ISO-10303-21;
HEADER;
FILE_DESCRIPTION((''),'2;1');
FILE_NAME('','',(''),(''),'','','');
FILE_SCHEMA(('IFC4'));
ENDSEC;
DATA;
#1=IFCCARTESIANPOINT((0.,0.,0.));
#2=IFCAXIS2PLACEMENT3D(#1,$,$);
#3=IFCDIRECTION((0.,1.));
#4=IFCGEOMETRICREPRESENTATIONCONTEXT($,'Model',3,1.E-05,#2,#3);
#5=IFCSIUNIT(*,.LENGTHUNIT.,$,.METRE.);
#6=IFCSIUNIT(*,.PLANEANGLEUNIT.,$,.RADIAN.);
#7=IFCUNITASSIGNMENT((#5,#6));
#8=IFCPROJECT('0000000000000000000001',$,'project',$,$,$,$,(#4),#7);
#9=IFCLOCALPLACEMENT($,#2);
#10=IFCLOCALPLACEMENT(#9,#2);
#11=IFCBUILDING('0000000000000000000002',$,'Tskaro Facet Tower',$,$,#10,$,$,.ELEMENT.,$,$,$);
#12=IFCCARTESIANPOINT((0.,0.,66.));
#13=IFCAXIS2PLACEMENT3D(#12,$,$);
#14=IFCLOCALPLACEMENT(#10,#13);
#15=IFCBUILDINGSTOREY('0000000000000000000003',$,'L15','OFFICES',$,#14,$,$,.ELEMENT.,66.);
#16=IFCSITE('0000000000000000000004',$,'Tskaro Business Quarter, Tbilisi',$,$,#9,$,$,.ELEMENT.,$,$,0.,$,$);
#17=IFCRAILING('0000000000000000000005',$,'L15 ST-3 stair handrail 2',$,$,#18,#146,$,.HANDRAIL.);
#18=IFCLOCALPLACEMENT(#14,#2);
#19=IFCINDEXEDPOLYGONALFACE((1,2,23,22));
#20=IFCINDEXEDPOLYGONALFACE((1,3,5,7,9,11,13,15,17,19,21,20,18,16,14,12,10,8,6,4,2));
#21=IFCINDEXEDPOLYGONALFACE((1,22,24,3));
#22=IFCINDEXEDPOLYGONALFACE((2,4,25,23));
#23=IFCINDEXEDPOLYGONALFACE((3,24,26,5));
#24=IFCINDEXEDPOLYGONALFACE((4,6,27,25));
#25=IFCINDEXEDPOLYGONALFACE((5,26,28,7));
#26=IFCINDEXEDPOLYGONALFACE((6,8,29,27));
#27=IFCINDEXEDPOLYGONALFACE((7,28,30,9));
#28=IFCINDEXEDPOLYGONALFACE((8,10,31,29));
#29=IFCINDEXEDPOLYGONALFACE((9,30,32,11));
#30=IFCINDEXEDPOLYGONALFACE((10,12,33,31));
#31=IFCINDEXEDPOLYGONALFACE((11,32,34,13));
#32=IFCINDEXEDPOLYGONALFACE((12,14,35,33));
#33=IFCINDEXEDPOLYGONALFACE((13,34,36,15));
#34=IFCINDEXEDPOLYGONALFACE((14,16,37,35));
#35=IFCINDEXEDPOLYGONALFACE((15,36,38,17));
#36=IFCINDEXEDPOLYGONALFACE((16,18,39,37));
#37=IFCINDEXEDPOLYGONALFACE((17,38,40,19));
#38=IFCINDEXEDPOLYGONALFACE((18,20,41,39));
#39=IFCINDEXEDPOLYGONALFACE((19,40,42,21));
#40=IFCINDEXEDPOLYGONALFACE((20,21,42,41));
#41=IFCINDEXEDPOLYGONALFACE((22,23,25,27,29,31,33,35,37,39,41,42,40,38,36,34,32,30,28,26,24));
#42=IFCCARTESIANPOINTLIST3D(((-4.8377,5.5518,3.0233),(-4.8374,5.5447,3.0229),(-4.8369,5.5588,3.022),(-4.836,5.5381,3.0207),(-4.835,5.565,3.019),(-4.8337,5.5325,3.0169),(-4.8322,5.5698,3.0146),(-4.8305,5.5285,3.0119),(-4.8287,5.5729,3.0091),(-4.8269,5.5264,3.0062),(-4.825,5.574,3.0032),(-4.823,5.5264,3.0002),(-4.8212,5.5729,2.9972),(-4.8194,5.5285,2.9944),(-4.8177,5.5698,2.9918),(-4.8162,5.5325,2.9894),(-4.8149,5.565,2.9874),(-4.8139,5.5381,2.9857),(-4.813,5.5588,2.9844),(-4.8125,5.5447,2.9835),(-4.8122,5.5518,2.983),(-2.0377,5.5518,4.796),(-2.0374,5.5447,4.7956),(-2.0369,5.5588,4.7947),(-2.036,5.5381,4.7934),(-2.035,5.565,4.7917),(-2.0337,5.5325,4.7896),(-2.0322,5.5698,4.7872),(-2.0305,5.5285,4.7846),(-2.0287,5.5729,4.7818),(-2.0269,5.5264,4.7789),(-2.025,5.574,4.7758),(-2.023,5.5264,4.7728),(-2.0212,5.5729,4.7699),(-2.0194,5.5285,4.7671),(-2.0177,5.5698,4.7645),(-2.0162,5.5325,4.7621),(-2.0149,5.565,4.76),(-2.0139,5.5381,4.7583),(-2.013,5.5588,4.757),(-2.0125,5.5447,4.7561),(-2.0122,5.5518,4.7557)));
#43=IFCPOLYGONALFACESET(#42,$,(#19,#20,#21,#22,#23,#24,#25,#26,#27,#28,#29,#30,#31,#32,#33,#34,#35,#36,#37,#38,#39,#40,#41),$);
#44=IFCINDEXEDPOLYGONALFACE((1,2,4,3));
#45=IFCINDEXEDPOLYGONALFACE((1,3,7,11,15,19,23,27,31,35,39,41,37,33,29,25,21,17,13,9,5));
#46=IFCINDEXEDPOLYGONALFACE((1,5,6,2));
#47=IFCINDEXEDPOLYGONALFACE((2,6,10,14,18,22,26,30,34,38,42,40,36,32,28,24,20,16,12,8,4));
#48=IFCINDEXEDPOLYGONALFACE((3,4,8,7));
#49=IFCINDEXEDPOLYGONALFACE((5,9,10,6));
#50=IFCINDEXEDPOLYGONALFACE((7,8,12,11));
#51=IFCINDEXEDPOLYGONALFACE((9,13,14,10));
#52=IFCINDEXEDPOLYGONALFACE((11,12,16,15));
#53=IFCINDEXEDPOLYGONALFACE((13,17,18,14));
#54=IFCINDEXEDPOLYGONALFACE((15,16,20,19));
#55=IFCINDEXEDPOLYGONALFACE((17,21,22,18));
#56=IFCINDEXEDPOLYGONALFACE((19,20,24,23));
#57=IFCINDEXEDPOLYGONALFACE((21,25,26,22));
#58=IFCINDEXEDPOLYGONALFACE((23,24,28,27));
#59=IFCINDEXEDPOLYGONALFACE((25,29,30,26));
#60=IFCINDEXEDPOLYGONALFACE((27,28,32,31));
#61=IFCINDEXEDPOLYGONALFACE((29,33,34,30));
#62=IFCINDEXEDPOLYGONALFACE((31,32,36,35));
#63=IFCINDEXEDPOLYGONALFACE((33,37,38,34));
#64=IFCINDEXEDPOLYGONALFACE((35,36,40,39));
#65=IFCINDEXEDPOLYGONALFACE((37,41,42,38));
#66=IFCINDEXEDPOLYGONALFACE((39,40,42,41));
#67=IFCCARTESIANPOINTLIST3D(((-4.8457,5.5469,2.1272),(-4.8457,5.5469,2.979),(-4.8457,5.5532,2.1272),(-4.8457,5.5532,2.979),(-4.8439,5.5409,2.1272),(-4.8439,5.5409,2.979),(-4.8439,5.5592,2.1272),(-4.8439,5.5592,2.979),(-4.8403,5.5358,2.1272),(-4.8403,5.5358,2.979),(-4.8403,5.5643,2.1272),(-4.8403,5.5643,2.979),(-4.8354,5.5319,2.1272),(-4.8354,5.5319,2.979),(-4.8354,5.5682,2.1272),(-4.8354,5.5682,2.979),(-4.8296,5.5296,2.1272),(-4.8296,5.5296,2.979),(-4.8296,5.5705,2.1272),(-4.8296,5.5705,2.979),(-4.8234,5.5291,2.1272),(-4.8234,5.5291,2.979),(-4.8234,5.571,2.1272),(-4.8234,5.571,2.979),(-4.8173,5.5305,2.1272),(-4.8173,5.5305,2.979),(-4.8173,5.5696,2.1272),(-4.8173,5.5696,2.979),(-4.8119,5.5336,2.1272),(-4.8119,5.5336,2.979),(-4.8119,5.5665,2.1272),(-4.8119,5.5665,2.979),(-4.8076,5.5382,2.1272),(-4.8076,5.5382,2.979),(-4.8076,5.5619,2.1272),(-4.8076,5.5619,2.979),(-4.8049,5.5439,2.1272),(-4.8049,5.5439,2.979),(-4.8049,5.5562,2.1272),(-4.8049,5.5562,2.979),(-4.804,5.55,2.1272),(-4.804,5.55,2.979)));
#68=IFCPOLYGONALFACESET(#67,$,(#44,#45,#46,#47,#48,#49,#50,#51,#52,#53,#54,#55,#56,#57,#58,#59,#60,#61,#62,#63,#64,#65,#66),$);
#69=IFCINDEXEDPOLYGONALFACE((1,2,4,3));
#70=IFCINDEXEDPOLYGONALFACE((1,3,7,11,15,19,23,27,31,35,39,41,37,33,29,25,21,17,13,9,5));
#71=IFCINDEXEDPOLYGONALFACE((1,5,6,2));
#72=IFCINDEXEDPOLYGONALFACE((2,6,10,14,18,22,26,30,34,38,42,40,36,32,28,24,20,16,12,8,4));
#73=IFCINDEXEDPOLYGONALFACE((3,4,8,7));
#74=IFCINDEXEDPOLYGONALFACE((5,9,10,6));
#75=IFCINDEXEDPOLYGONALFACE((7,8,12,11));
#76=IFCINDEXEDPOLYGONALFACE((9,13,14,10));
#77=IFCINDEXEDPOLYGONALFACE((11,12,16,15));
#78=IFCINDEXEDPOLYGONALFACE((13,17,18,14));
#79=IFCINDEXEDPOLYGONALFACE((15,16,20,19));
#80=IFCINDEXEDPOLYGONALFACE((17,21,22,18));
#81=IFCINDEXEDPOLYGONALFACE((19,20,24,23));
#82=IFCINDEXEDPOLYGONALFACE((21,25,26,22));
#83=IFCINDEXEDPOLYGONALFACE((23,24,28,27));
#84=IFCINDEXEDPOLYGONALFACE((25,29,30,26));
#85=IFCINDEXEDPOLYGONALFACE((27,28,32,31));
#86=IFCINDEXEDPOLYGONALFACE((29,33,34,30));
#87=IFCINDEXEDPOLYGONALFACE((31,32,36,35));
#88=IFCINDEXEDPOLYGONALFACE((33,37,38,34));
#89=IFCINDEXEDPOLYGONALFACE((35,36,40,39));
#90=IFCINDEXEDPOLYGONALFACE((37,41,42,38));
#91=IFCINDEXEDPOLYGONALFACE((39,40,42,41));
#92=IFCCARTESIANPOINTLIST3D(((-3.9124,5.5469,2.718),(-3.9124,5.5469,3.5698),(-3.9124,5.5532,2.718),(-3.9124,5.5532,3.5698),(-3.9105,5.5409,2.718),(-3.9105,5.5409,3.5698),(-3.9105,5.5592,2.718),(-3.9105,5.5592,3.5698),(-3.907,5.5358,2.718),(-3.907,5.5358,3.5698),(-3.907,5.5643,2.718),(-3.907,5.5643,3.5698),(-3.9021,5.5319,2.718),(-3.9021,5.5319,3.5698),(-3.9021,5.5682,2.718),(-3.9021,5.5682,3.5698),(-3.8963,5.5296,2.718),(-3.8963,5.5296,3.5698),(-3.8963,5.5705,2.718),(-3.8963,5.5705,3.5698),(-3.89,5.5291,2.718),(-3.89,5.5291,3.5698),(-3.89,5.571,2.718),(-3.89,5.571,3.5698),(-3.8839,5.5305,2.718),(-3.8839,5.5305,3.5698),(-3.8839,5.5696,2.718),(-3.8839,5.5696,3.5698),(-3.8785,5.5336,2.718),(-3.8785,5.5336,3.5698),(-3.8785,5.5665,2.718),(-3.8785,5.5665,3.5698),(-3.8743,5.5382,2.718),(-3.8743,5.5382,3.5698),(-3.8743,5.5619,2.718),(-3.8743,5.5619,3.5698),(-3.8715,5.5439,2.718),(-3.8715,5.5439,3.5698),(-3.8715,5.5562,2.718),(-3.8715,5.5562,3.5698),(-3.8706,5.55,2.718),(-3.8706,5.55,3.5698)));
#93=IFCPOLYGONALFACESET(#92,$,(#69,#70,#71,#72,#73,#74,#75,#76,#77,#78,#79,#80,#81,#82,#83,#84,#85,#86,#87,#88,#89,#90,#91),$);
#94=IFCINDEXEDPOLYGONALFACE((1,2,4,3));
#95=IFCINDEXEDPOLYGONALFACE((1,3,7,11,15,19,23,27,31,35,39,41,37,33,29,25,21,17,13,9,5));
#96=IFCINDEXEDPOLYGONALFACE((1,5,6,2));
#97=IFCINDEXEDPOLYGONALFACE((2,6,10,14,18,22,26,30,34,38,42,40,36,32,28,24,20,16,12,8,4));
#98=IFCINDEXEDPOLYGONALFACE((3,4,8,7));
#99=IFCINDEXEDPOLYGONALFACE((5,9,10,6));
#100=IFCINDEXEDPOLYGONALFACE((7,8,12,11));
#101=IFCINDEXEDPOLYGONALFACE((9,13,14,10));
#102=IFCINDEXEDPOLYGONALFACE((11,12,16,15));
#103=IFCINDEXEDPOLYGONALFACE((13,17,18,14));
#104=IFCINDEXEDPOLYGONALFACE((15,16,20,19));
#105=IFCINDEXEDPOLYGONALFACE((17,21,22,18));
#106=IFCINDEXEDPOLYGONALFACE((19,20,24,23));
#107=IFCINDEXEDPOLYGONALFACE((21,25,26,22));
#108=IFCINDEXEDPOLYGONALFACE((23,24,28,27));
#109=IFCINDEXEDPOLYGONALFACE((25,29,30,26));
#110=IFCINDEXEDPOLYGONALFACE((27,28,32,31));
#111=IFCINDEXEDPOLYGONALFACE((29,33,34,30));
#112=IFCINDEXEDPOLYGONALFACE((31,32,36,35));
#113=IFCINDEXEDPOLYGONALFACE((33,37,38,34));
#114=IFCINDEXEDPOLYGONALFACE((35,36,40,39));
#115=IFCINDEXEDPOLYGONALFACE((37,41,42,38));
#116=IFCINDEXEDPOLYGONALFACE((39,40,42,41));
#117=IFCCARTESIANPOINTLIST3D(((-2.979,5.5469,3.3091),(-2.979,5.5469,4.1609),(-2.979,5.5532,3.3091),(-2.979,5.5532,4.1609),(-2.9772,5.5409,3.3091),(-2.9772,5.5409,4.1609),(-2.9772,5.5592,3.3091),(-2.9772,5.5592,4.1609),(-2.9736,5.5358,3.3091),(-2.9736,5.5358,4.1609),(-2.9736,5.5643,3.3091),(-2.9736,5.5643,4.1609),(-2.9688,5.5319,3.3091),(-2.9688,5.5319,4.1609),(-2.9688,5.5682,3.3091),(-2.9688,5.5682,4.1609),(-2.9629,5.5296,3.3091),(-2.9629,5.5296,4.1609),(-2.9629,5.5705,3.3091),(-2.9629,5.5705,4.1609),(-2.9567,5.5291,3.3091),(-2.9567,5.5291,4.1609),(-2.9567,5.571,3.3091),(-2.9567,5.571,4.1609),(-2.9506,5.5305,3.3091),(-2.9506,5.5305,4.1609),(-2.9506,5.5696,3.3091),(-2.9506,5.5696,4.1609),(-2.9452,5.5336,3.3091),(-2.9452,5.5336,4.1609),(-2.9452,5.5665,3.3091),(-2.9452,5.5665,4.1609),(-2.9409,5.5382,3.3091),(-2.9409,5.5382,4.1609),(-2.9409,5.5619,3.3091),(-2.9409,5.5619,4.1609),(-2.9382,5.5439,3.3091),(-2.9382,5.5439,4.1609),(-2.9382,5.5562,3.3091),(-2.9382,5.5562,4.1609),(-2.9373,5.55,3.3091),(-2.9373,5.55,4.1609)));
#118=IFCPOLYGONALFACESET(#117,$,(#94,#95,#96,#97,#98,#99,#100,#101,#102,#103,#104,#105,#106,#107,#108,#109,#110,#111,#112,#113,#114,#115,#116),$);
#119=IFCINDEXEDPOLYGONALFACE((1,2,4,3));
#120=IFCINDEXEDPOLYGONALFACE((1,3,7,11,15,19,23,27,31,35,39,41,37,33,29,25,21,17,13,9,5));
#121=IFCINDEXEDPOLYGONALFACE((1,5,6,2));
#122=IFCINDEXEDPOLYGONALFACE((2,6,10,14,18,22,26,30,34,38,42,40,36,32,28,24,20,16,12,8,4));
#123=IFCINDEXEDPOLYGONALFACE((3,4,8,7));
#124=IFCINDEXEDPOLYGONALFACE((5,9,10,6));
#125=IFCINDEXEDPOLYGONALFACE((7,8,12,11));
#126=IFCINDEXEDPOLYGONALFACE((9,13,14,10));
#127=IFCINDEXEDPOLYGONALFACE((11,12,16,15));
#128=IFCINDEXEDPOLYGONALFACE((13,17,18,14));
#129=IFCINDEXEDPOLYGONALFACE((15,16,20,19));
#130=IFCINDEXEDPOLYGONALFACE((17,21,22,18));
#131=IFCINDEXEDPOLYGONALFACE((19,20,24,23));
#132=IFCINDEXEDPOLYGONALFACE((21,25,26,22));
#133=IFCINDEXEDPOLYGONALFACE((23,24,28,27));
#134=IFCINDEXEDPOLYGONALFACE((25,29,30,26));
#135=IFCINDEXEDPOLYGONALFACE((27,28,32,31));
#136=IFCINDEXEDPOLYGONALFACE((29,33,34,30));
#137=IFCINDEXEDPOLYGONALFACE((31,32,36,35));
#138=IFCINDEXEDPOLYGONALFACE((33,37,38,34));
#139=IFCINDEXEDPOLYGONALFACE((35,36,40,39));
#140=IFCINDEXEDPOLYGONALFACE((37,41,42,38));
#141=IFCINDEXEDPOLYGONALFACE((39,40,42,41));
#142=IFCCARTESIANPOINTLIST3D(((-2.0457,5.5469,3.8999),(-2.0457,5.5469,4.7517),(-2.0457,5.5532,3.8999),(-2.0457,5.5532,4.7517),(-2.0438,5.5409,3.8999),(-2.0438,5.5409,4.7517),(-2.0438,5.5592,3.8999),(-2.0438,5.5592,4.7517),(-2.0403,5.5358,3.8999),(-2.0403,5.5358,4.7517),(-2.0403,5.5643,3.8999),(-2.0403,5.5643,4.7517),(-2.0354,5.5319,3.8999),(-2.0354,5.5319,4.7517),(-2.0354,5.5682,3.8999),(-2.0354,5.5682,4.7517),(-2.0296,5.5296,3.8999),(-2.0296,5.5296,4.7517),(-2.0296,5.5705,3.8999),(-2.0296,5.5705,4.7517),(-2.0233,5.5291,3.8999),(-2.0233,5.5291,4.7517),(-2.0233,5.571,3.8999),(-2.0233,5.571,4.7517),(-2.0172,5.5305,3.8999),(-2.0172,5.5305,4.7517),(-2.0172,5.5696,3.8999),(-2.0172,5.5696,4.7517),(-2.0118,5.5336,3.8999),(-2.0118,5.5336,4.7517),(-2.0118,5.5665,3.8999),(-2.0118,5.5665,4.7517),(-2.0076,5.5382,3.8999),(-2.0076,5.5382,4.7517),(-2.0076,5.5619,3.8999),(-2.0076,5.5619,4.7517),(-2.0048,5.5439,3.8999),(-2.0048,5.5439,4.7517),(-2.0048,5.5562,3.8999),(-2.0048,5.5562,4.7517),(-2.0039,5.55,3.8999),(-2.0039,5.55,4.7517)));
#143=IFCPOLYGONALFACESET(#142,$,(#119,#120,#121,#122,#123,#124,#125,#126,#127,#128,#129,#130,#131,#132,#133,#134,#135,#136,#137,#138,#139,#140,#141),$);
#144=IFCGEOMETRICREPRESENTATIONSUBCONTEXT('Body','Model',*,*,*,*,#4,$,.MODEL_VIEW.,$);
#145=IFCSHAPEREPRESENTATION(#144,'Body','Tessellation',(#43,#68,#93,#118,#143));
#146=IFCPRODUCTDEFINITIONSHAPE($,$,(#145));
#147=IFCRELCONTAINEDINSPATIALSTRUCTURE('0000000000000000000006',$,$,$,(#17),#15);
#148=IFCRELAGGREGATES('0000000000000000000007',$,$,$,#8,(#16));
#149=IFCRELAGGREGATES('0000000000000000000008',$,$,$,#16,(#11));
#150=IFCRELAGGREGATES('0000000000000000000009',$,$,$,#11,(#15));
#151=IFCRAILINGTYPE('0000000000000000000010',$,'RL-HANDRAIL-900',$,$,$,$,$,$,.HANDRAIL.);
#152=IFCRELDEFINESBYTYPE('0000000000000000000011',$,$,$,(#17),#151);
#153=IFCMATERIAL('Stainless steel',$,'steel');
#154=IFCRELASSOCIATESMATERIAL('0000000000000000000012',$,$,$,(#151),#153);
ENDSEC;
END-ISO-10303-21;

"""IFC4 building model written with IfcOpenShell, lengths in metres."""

from ifc_helpers import new_model, si_unit, direction, frame, origin, origin_2d, place, context, subcontext, project, spatial, circle, extrude, material, type_object, element, save


model = new_model("IFC4")

# Units and contexts
model_context = context("Model", 3, precision=1e-05, world=origin(), true_north=direction((0.0, 1.0)))
body_context = subcontext(model_context, "Body", "Model", "MODEL_VIEW")
ifc_project = project(units=[si_unit("LENGTHUNIT", "METRE"), si_unit("PLANEANGLEUNIT", "RADIAN")], contexts=[model_context])

# Site, building, storey
site_placement = place(None, origin())
site = spatial("IfcSite", under=ifc_project, at=site_placement, Name="Tskaro Business Quarter, Tbilisi", CompositionType="ELEMENT", RefElevation=0.0)
building_placement = place(site_placement, origin())
building = spatial("IfcBuilding", under=site, at=building_placement, Name="Tskaro Facet Tower", CompositionType="ELEMENT")
storey_placement = place(building_placement, frame((0.0, 0.0, 66.0)))
storey = spatial("IfcBuildingStorey", under=building, at=storey_placement, Name="L15", Description="OFFICES", CompositionType="ELEMENT", Elevation=66.0)

# Railing
ifc_material_1 = material(Name="Stainless steel", Category="steel")
railing_type_1 = type_object("IfcRailingType", Name="RL-HANDRAIL-900", PredefinedType="HANDRAIL", material=ifc_material_1)
railing_1_placement = place(storey_placement, frame((-4.825, 5.55, 2.1272)))
element("IfcRailing", 1, at=railing_1_placement, inside=storey, type_object=railing_type_1, Name="L15 ST-3 stair handrail 2", PredefinedType="HANDRAIL", context=body_context, shape_type="SweptSolid", body=[
    extrude(circle(Radius=0.0239, at=origin_2d()), frame((0.0, 0.0, 0.876), z_axis=(0.844909, 0.0, 0.53491), x_axis=(0.0, 1.0, 0.0)), (0.0, 0.0, 1.0), 3.314),
    extrude(circle(Radius=0.021, at=origin_2d()), origin(), (0.0, 0.0, 1.0), 0.8518),
    extrude(circle(Radius=0.021, at=origin_2d()), frame((0.9333, 0.0, 0.5908)), (0.0, 0.0, 1.0), 0.8518),
    extrude(circle(Radius=0.021, at=origin_2d()), frame((1.8667, 0.0, 1.1819)), (0.0, 0.0, 1.0), 0.8518),
    extrude(circle(Radius=0.021, at=origin_2d()), frame((2.8, 0.0, 1.7727)), (0.0, 0.0, 1.0), 0.8518),
])

save(model, "model.ifc")
